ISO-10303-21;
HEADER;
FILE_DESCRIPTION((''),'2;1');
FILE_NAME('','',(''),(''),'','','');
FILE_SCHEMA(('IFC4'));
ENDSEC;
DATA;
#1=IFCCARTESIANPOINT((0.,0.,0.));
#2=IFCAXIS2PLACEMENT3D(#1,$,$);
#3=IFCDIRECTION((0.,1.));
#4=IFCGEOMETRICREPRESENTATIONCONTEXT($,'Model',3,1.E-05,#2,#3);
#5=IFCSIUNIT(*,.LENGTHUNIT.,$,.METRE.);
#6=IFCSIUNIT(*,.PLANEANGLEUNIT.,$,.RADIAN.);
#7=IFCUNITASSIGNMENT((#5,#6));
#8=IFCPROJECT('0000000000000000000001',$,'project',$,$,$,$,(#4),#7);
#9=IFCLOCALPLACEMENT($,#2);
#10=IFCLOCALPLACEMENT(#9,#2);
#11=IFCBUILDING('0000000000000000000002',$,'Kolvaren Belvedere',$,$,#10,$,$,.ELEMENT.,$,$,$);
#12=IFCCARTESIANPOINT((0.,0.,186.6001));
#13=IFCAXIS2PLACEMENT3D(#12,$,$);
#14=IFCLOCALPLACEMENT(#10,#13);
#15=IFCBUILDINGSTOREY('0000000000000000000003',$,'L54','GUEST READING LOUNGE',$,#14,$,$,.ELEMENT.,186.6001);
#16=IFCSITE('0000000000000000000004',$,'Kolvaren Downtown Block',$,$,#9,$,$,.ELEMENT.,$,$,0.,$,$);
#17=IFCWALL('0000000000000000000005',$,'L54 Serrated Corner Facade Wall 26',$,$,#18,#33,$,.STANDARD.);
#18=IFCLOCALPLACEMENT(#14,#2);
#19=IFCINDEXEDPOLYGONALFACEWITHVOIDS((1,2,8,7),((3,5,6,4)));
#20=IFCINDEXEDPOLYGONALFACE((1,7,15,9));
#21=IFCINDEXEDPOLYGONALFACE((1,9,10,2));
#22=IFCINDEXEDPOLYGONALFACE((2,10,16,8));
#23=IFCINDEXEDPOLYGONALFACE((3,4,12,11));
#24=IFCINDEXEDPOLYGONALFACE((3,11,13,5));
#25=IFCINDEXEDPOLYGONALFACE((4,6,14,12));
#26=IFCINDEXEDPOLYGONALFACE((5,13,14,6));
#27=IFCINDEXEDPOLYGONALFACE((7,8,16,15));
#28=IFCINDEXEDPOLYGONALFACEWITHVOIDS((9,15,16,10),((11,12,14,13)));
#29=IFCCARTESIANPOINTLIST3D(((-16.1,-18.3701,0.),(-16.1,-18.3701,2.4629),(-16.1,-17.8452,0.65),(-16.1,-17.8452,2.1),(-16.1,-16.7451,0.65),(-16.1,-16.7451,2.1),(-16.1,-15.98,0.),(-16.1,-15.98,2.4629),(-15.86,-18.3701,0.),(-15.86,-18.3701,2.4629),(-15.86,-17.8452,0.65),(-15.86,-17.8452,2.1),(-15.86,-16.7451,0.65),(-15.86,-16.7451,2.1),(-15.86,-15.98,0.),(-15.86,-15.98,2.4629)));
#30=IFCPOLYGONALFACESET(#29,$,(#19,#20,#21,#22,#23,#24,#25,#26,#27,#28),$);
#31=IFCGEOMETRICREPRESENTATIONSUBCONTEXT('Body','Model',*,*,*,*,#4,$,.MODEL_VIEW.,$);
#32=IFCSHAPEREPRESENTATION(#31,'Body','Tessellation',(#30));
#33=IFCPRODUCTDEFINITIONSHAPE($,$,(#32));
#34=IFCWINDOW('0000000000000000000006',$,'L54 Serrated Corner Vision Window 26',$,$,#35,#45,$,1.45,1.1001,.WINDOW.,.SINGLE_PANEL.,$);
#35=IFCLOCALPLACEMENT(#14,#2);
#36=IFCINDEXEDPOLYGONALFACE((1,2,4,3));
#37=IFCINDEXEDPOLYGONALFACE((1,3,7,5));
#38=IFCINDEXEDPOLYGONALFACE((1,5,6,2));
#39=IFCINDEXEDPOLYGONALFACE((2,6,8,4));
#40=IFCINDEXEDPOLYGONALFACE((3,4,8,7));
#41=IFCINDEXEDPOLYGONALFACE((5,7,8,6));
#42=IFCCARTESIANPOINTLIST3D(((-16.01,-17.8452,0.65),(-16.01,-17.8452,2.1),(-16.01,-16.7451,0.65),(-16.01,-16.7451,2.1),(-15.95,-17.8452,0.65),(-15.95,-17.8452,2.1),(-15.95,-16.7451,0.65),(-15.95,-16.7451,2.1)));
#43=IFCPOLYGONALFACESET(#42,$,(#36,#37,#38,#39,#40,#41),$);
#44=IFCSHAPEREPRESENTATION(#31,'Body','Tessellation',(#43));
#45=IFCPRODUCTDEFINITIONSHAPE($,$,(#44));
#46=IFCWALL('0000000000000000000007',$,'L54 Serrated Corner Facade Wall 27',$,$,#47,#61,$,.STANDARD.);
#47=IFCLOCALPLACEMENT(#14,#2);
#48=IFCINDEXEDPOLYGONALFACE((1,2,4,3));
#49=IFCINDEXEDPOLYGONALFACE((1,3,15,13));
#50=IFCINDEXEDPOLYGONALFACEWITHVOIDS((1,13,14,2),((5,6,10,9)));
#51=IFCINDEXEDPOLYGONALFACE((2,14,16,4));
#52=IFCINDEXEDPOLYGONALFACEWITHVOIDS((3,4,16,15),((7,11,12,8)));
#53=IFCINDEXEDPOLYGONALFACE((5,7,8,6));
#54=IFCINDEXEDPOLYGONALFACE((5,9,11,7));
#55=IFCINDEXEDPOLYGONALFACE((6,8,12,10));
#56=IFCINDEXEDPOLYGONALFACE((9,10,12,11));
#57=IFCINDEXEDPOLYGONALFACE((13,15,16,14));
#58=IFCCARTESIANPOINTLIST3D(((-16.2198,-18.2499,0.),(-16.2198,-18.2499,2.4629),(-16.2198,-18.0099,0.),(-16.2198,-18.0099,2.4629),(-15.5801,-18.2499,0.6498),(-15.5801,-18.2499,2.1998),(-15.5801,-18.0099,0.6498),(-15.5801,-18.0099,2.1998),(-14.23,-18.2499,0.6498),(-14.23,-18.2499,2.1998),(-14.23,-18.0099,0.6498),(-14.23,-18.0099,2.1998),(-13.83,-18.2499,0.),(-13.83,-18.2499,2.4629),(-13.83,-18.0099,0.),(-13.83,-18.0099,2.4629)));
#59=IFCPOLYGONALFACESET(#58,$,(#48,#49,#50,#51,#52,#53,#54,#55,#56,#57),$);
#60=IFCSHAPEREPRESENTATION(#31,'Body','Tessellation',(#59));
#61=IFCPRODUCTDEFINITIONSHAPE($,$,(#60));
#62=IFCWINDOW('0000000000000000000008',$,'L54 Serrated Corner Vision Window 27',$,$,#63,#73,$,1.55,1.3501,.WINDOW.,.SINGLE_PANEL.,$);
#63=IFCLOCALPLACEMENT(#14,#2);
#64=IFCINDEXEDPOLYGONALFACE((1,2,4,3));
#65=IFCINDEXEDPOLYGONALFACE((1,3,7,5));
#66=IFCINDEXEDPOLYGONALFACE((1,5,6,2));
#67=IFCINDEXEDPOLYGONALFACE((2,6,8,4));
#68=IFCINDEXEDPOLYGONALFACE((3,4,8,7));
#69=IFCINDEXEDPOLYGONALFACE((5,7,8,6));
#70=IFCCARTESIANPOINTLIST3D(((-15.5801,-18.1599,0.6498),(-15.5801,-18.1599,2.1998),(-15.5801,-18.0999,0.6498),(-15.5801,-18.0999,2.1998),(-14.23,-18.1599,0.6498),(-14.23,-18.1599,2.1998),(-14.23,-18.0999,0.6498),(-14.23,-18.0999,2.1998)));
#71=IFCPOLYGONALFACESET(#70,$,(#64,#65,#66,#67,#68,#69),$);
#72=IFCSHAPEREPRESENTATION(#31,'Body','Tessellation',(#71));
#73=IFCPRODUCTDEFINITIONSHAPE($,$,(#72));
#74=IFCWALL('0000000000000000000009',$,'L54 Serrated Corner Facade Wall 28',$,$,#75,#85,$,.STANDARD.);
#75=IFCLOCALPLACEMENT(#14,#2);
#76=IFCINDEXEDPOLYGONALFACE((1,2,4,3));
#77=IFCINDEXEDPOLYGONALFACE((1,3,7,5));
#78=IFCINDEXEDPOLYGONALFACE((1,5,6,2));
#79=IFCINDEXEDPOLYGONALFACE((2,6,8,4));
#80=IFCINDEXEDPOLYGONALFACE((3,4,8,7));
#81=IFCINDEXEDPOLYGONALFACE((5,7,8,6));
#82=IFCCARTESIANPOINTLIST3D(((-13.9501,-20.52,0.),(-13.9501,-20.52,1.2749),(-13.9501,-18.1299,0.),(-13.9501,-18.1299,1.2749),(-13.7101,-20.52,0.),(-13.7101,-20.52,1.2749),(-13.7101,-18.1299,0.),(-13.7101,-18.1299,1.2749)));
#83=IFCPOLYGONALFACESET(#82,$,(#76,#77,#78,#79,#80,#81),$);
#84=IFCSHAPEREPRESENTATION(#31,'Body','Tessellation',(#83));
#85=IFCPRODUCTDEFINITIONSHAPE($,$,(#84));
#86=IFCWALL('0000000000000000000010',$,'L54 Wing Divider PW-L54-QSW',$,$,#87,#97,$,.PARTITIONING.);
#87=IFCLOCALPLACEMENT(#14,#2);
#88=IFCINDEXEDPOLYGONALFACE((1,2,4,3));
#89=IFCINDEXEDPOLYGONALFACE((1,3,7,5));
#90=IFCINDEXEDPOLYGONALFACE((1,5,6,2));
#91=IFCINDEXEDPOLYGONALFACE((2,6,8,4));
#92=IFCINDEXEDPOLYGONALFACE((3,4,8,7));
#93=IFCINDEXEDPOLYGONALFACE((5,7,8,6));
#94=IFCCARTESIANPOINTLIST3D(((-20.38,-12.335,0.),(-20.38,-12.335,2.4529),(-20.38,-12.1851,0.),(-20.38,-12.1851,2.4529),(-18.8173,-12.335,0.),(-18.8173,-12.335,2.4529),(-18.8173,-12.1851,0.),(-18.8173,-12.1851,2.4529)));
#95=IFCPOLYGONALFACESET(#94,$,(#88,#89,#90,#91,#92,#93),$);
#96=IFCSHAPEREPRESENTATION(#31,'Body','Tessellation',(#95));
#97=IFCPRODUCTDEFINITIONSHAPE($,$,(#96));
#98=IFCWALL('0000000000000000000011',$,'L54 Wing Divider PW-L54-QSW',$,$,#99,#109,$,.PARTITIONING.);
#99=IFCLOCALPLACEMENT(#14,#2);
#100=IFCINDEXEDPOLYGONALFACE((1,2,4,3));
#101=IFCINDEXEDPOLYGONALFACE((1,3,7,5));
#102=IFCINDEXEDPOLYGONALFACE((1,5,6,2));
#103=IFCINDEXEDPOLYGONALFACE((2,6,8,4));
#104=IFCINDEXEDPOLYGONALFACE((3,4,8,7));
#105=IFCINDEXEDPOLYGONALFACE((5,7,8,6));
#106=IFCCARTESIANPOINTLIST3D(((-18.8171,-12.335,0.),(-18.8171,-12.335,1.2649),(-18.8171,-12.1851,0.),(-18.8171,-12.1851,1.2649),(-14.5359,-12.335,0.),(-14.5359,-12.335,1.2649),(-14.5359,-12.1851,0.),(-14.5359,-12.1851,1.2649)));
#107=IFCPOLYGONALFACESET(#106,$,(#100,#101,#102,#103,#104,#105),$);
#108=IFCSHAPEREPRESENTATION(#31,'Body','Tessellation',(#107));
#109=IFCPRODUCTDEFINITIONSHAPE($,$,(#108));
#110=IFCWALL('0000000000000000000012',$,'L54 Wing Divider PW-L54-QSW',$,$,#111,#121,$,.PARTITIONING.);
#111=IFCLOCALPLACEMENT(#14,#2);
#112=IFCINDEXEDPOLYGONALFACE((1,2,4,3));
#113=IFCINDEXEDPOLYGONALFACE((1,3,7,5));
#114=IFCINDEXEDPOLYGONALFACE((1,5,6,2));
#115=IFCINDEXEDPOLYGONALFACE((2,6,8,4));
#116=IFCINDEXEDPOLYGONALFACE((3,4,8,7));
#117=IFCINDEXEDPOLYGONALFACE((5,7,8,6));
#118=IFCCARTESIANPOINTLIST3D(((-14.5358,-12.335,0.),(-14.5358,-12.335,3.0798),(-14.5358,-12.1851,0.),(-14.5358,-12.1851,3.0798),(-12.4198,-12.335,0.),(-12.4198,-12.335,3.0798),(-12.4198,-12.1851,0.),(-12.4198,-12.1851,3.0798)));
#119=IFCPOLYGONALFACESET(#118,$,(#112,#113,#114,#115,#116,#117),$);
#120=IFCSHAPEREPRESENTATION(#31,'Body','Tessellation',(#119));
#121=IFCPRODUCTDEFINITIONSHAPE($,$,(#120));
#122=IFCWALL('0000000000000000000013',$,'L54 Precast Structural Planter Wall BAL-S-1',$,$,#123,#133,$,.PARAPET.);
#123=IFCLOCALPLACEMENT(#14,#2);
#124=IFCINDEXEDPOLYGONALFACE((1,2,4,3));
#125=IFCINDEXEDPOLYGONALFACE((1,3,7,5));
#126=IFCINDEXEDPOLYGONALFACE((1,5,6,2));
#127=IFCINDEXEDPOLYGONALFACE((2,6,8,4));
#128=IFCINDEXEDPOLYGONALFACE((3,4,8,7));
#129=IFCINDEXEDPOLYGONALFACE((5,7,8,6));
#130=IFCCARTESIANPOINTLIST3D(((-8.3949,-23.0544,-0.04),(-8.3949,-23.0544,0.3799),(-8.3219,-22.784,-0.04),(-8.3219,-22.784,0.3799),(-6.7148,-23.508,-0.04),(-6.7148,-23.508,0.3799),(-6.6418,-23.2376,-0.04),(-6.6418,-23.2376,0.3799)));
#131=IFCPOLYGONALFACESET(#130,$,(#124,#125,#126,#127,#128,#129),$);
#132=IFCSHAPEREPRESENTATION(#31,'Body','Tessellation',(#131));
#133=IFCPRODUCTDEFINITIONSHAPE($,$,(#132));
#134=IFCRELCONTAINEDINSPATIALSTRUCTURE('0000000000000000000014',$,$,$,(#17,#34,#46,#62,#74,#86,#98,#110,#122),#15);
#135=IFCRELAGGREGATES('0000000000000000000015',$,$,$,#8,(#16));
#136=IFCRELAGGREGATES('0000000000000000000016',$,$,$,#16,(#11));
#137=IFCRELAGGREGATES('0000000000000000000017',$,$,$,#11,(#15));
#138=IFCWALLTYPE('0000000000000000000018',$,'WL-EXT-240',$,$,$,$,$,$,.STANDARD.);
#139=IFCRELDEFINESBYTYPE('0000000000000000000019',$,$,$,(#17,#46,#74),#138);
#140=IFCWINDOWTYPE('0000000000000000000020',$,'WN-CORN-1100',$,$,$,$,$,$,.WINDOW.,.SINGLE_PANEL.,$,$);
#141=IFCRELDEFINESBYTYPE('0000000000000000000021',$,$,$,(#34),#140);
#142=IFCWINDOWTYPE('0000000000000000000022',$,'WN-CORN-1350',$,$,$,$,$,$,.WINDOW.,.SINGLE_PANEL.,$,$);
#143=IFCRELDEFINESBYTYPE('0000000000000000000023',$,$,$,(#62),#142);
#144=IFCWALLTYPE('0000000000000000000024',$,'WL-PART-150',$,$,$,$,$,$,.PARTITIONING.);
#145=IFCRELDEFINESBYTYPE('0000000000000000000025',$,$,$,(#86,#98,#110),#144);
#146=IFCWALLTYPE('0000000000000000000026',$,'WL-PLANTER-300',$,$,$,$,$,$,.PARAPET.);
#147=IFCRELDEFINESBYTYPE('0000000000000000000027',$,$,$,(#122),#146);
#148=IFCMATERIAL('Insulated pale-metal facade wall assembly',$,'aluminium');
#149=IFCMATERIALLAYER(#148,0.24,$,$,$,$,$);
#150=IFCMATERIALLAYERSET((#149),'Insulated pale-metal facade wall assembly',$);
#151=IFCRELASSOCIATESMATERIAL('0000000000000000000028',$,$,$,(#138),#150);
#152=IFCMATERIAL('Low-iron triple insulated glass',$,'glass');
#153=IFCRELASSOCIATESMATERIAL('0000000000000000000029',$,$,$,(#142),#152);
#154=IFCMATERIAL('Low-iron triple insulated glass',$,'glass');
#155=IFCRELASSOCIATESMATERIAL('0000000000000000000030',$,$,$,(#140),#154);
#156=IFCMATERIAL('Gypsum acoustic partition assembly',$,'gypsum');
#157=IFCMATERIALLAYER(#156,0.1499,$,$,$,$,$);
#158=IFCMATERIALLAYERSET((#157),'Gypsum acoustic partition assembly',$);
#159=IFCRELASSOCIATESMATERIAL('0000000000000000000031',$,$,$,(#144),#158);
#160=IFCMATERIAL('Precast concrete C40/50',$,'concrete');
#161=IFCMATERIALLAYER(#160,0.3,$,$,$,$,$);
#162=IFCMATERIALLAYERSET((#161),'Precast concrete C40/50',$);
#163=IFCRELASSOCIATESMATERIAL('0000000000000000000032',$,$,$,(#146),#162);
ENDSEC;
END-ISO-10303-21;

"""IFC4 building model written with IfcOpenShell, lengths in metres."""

from ifc_helpers import new_model, si_unit, direction, frame, frame_2d, origin, place, context, subcontext, project, spatial, rectangle, extrude, material, layer, layer_set, type_object, element, fill, save


model = new_model("IFC4")

# Units and contexts
model_context = context("Model", 3, precision=1e-05, world=origin(), true_north=direction((0.0, 1.0)))
body_context = subcontext(model_context, "Body", "Model", "MODEL_VIEW")
ifc_project = project(units=[si_unit("LENGTHUNIT", "METRE"), si_unit("PLANEANGLEUNIT", "RADIAN")], contexts=[model_context])

# Site, building, storey
site_placement = place(None, origin())
site = spatial("IfcSite", under=ifc_project, at=site_placement, Name="Kolvaren Downtown Block", CompositionType="ELEMENT", RefElevation=0.0)
building_placement = place(site_placement, origin())
building = spatial("IfcBuilding", under=site, at=building_placement, Name="Kolvaren Belvedere", CompositionType="ELEMENT")
storey_placement = place(building_placement, frame((0.0, 0.0, 186.6001)))
storey = spatial("IfcBuildingStorey", under=building, at=storey_placement, Name="L54", Description="GUEST READING LOUNGE", CompositionType="ELEMENT", Elevation=186.6001)

# Shared definitions
ifc_material_1 = material(Name="Insulated pale-metal facade wall assembly", Category="aluminium")
ifc_layer_1 = layer(ifc_material_1, 0.24)
ifc_layer_set_1 = layer_set([ifc_layer_1], Name="Insulated pale-metal facade wall assembly")
wall_type_1 = type_object("IfcWallType", Name="WL-EXT-240", PredefinedType="STANDARD", material=ifc_layer_set_1)

# Walls, openings, windows
ifc_material_2 = material(Name="Low-iron triple insulated glass", Category="glass")
window_type_1 = type_object("IfcWindowType", Name="WN-CORN-1350", PartitioningType="SINGLE_PANEL", PredefinedType="WINDOW", material=ifc_material_2)
ifc_material_3 = material(Name="Low-iron triple insulated glass", Category="glass")
window_type_2 = type_object("IfcWindowType", Name="WN-CORN-1100", PartitioningType="SINGLE_PANEL", PredefinedType="WINDOW", material=ifc_material_3)
wall_1_placement = place(storey_placement, frame((-15.98, -18.3701, 0.0), z_axis=(0.0, 0.0, 1.0), x_axis=(0.0, 1.0, 0.0)))
wall_1 = element("IfcWall", 1, at=wall_1_placement, inside=storey, type_object=wall_type_1, Name="L54 Serrated Corner Facade Wall 26", PredefinedType="STANDARD", context=body_context, shape_type="SweptSolid", body=[
    extrude(rectangle(XDim=2.3901, YDim=0.24, at=frame_2d((1.1951, 0.0))), origin(), (0.0, 0.0, 1.0), 2.4629),
])
opening_1_placement = place(wall_1_placement, frame((0.5249, 0.0, 0.6499)))
opening_1 = element("IfcOpeningElement", 2, at=opening_1_placement, cuts=wall_1, PredefinedType="OPENING", context=body_context, shape_type="SweptSolid", body=[
    extrude(rectangle(XDim=1.1001, YDim=1.45, at=frame_2d((0.55, 0.7251))), frame((0.0, 0.1299, 0.0), z_axis=(0.0, -1.0, 0.0), x_axis=(1.0, 0.0, 0.0)), (0.0, 0.0, 1.0), 0.26),
])
window_1_placement = place(opening_1_placement, origin())
window_1 = element("IfcWindow", 3, at=window_1_placement, inside=storey, type_object=window_type_2, Name="L54 Serrated Corner Vision Window 26", OverallHeight=1.45, OverallWidth=1.1001, PartitioningType="SINGLE_PANEL", PredefinedType="WINDOW", context=body_context, shape_type="SweptSolid", body=[
    extrude(rectangle(XDim=1.1001, YDim=1.45, at=frame_2d((0.55, 0.7251))), frame((0.0, 0.03, 0.0), z_axis=(0.0, -1.0, 0.0), x_axis=(1.0, 0.0, 0.0)), (0.0, 0.0, 1.0), 0.0601),
])
fill(opening_1, window_1)
wall_2_placement = place(storey_placement, frame((-13.8301, -18.1299, 0.0), z_axis=(0.0, 0.0, 1.0), x_axis=(-1.0, 0.0, 0.0)))
wall_2 = element("IfcWall", 4, at=wall_2_placement, inside=storey, type_object=wall_type_1, Name="L54 Serrated Corner Facade Wall 27", PredefinedType="STANDARD", context=body_context, shape_type="SweptSolid", body=[
    extrude(rectangle(XDim=2.3899, YDim=0.24, at=frame_2d((1.1948, 0.0))), origin(), (0.0, 0.0, 1.0), 2.4629),
])
opening_2_placement = place(wall_2_placement, frame((0.3999, 0.0, 0.6499)))
opening_2 = element("IfcOpeningElement", 5, at=opening_2_placement, cuts=wall_2, PredefinedType="OPENING", context=body_context, shape_type="SweptSolid", body=[
    extrude(rectangle(XDim=1.3501, YDim=1.55, at=frame_2d((0.675, 0.7749))), frame((0.0, 0.1299, 0.0), z_axis=(0.0, -1.0, 0.0), x_axis=(1.0, 0.0, 0.0)), (0.0, 0.0, 1.0), 0.26),
])
window_2_placement = place(opening_2_placement, origin())
window_2 = element("IfcWindow", 6, at=window_2_placement, inside=storey, type_object=window_type_1, Name="L54 Serrated Corner Vision Window 27", OverallHeight=1.55, OverallWidth=1.3501, PartitioningType="SINGLE_PANEL", PredefinedType="WINDOW", context=body_context, shape_type="SweptSolid", body=[
    extrude(rectangle(XDim=1.3501, YDim=1.55, at=frame_2d((0.675, 0.7749))), frame((0.0, 0.03, 0.0), z_axis=(0.0, -1.0, 0.0), x_axis=(1.0, 0.0, 0.0)), (0.0, 0.0, 1.0), 0.0601),
])
fill(opening_2, window_2)

# Walls
wall_3_placement = place(storey_placement, frame((-13.8301, -20.52, 0.0), z_axis=(0.0, 0.0, 1.0), x_axis=(0.0, 1.0, 0.0)))
element("IfcWall", 7, at=wall_3_placement, inside=storey, type_object=wall_type_1, Name="L54 Serrated Corner Facade Wall 28", PredefinedType="STANDARD", context=body_context, shape_type="SweptSolid", body=[
    extrude(rectangle(XDim=2.3901, YDim=0.24, at=frame_2d((1.1951, 0.0))), origin(), (0.0, 0.0, 1.0), 1.2749),
])
ifc_material_4 = material(Name="Gypsum acoustic partition assembly", Category="gypsum")
ifc_layer_2 = layer(ifc_material_4, 0.1499)
ifc_layer_set_2 = layer_set([ifc_layer_2], Name="Gypsum acoustic partition assembly")
wall_type_2 = type_object("IfcWallType", Name="WL-PART-150", PredefinedType="PARTITIONING", material=ifc_layer_set_2)
wall_4_placement = place(storey_placement, frame((-20.3799, -12.26, 0.0), z_axis=(0.0, 0.0, 1.0), x_axis=(1.0, 0.0, 0.0)))
element("IfcWall", 8, at=wall_4_placement, inside=storey, type_object=wall_type_2, Name="L54 Wing Divider PW-L54-QSW", PredefinedType="PARTITIONING", context=body_context, shape_type="SweptSolid", body=[
    extrude(rectangle(XDim=1.5627, YDim=0.1499, at=frame_2d((0.7812, 0.0))), origin(), (0.0, 0.0, 1.0), 2.4529),
])
wall_5_placement = place(storey_placement, frame((-18.8171, -12.26, 0.0), z_axis=(0.0, 0.0, 1.0), x_axis=(1.0, 0.0, 0.0)))
element("IfcWall", 9, at=wall_5_placement, inside=storey, type_object=wall_type_2, Name="L54 Wing Divider PW-L54-QSW", PredefinedType="PARTITIONING", context=body_context, shape_type="SweptSolid", body=[
    extrude(rectangle(XDim=4.2812, YDim=0.1499, at=frame_2d((2.1406, 0.0))), origin(), (0.0, 0.0, 1.0), 1.2649),
])
wall_6_placement = place(storey_placement, frame((-14.5359, -12.26, 0.0), z_axis=(0.0, 0.0, 1.0), x_axis=(1.0, 0.0, 0.0)))
element("IfcWall", 10, at=wall_6_placement, inside=storey, type_object=wall_type_2, Name="L54 Wing Divider PW-L54-QSW", PredefinedType="PARTITIONING", context=body_context, shape_type="SweptSolid", body=[
    extrude(rectangle(XDim=2.116, YDim=0.1499, at=frame_2d((1.0581, 0.0))), origin(), (0.0, 0.0, 1.0), 3.0798),
])
ifc_material_5 = material(Name="Precast concrete C40/50", Category="concrete")
ifc_layer_3 = layer(ifc_material_5, 0.3)
ifc_layer_set_3 = layer_set([ifc_layer_3], Name="Precast concrete C40/50")
wall_type_3 = type_object("IfcWallType", Name="WL-PLANTER-300", PredefinedType="PARAPET", material=ifc_layer_set_3)
wall_7_placement = place(storey_placement, frame((-8.3584, -22.9192, -0.04), z_axis=(0.0, 0.0, 1.0), x_axis=(0.965434, -0.260648, 0.0)))
element("IfcWall", 11, at=wall_7_placement, inside=storey, type_object=wall_type_3, Name="L54 Precast Structural Planter Wall BAL-S-1", PredefinedType="PARAPET", context=body_context, shape_type="SweptSolid", body=[
    extrude(rectangle(XDim=1.7402, YDim=0.28, at=frame_2d((0.8701, 0.0))), origin(), (0.0, 0.0, 1.0), 0.4199),
])

save(model, "model.ifc")
